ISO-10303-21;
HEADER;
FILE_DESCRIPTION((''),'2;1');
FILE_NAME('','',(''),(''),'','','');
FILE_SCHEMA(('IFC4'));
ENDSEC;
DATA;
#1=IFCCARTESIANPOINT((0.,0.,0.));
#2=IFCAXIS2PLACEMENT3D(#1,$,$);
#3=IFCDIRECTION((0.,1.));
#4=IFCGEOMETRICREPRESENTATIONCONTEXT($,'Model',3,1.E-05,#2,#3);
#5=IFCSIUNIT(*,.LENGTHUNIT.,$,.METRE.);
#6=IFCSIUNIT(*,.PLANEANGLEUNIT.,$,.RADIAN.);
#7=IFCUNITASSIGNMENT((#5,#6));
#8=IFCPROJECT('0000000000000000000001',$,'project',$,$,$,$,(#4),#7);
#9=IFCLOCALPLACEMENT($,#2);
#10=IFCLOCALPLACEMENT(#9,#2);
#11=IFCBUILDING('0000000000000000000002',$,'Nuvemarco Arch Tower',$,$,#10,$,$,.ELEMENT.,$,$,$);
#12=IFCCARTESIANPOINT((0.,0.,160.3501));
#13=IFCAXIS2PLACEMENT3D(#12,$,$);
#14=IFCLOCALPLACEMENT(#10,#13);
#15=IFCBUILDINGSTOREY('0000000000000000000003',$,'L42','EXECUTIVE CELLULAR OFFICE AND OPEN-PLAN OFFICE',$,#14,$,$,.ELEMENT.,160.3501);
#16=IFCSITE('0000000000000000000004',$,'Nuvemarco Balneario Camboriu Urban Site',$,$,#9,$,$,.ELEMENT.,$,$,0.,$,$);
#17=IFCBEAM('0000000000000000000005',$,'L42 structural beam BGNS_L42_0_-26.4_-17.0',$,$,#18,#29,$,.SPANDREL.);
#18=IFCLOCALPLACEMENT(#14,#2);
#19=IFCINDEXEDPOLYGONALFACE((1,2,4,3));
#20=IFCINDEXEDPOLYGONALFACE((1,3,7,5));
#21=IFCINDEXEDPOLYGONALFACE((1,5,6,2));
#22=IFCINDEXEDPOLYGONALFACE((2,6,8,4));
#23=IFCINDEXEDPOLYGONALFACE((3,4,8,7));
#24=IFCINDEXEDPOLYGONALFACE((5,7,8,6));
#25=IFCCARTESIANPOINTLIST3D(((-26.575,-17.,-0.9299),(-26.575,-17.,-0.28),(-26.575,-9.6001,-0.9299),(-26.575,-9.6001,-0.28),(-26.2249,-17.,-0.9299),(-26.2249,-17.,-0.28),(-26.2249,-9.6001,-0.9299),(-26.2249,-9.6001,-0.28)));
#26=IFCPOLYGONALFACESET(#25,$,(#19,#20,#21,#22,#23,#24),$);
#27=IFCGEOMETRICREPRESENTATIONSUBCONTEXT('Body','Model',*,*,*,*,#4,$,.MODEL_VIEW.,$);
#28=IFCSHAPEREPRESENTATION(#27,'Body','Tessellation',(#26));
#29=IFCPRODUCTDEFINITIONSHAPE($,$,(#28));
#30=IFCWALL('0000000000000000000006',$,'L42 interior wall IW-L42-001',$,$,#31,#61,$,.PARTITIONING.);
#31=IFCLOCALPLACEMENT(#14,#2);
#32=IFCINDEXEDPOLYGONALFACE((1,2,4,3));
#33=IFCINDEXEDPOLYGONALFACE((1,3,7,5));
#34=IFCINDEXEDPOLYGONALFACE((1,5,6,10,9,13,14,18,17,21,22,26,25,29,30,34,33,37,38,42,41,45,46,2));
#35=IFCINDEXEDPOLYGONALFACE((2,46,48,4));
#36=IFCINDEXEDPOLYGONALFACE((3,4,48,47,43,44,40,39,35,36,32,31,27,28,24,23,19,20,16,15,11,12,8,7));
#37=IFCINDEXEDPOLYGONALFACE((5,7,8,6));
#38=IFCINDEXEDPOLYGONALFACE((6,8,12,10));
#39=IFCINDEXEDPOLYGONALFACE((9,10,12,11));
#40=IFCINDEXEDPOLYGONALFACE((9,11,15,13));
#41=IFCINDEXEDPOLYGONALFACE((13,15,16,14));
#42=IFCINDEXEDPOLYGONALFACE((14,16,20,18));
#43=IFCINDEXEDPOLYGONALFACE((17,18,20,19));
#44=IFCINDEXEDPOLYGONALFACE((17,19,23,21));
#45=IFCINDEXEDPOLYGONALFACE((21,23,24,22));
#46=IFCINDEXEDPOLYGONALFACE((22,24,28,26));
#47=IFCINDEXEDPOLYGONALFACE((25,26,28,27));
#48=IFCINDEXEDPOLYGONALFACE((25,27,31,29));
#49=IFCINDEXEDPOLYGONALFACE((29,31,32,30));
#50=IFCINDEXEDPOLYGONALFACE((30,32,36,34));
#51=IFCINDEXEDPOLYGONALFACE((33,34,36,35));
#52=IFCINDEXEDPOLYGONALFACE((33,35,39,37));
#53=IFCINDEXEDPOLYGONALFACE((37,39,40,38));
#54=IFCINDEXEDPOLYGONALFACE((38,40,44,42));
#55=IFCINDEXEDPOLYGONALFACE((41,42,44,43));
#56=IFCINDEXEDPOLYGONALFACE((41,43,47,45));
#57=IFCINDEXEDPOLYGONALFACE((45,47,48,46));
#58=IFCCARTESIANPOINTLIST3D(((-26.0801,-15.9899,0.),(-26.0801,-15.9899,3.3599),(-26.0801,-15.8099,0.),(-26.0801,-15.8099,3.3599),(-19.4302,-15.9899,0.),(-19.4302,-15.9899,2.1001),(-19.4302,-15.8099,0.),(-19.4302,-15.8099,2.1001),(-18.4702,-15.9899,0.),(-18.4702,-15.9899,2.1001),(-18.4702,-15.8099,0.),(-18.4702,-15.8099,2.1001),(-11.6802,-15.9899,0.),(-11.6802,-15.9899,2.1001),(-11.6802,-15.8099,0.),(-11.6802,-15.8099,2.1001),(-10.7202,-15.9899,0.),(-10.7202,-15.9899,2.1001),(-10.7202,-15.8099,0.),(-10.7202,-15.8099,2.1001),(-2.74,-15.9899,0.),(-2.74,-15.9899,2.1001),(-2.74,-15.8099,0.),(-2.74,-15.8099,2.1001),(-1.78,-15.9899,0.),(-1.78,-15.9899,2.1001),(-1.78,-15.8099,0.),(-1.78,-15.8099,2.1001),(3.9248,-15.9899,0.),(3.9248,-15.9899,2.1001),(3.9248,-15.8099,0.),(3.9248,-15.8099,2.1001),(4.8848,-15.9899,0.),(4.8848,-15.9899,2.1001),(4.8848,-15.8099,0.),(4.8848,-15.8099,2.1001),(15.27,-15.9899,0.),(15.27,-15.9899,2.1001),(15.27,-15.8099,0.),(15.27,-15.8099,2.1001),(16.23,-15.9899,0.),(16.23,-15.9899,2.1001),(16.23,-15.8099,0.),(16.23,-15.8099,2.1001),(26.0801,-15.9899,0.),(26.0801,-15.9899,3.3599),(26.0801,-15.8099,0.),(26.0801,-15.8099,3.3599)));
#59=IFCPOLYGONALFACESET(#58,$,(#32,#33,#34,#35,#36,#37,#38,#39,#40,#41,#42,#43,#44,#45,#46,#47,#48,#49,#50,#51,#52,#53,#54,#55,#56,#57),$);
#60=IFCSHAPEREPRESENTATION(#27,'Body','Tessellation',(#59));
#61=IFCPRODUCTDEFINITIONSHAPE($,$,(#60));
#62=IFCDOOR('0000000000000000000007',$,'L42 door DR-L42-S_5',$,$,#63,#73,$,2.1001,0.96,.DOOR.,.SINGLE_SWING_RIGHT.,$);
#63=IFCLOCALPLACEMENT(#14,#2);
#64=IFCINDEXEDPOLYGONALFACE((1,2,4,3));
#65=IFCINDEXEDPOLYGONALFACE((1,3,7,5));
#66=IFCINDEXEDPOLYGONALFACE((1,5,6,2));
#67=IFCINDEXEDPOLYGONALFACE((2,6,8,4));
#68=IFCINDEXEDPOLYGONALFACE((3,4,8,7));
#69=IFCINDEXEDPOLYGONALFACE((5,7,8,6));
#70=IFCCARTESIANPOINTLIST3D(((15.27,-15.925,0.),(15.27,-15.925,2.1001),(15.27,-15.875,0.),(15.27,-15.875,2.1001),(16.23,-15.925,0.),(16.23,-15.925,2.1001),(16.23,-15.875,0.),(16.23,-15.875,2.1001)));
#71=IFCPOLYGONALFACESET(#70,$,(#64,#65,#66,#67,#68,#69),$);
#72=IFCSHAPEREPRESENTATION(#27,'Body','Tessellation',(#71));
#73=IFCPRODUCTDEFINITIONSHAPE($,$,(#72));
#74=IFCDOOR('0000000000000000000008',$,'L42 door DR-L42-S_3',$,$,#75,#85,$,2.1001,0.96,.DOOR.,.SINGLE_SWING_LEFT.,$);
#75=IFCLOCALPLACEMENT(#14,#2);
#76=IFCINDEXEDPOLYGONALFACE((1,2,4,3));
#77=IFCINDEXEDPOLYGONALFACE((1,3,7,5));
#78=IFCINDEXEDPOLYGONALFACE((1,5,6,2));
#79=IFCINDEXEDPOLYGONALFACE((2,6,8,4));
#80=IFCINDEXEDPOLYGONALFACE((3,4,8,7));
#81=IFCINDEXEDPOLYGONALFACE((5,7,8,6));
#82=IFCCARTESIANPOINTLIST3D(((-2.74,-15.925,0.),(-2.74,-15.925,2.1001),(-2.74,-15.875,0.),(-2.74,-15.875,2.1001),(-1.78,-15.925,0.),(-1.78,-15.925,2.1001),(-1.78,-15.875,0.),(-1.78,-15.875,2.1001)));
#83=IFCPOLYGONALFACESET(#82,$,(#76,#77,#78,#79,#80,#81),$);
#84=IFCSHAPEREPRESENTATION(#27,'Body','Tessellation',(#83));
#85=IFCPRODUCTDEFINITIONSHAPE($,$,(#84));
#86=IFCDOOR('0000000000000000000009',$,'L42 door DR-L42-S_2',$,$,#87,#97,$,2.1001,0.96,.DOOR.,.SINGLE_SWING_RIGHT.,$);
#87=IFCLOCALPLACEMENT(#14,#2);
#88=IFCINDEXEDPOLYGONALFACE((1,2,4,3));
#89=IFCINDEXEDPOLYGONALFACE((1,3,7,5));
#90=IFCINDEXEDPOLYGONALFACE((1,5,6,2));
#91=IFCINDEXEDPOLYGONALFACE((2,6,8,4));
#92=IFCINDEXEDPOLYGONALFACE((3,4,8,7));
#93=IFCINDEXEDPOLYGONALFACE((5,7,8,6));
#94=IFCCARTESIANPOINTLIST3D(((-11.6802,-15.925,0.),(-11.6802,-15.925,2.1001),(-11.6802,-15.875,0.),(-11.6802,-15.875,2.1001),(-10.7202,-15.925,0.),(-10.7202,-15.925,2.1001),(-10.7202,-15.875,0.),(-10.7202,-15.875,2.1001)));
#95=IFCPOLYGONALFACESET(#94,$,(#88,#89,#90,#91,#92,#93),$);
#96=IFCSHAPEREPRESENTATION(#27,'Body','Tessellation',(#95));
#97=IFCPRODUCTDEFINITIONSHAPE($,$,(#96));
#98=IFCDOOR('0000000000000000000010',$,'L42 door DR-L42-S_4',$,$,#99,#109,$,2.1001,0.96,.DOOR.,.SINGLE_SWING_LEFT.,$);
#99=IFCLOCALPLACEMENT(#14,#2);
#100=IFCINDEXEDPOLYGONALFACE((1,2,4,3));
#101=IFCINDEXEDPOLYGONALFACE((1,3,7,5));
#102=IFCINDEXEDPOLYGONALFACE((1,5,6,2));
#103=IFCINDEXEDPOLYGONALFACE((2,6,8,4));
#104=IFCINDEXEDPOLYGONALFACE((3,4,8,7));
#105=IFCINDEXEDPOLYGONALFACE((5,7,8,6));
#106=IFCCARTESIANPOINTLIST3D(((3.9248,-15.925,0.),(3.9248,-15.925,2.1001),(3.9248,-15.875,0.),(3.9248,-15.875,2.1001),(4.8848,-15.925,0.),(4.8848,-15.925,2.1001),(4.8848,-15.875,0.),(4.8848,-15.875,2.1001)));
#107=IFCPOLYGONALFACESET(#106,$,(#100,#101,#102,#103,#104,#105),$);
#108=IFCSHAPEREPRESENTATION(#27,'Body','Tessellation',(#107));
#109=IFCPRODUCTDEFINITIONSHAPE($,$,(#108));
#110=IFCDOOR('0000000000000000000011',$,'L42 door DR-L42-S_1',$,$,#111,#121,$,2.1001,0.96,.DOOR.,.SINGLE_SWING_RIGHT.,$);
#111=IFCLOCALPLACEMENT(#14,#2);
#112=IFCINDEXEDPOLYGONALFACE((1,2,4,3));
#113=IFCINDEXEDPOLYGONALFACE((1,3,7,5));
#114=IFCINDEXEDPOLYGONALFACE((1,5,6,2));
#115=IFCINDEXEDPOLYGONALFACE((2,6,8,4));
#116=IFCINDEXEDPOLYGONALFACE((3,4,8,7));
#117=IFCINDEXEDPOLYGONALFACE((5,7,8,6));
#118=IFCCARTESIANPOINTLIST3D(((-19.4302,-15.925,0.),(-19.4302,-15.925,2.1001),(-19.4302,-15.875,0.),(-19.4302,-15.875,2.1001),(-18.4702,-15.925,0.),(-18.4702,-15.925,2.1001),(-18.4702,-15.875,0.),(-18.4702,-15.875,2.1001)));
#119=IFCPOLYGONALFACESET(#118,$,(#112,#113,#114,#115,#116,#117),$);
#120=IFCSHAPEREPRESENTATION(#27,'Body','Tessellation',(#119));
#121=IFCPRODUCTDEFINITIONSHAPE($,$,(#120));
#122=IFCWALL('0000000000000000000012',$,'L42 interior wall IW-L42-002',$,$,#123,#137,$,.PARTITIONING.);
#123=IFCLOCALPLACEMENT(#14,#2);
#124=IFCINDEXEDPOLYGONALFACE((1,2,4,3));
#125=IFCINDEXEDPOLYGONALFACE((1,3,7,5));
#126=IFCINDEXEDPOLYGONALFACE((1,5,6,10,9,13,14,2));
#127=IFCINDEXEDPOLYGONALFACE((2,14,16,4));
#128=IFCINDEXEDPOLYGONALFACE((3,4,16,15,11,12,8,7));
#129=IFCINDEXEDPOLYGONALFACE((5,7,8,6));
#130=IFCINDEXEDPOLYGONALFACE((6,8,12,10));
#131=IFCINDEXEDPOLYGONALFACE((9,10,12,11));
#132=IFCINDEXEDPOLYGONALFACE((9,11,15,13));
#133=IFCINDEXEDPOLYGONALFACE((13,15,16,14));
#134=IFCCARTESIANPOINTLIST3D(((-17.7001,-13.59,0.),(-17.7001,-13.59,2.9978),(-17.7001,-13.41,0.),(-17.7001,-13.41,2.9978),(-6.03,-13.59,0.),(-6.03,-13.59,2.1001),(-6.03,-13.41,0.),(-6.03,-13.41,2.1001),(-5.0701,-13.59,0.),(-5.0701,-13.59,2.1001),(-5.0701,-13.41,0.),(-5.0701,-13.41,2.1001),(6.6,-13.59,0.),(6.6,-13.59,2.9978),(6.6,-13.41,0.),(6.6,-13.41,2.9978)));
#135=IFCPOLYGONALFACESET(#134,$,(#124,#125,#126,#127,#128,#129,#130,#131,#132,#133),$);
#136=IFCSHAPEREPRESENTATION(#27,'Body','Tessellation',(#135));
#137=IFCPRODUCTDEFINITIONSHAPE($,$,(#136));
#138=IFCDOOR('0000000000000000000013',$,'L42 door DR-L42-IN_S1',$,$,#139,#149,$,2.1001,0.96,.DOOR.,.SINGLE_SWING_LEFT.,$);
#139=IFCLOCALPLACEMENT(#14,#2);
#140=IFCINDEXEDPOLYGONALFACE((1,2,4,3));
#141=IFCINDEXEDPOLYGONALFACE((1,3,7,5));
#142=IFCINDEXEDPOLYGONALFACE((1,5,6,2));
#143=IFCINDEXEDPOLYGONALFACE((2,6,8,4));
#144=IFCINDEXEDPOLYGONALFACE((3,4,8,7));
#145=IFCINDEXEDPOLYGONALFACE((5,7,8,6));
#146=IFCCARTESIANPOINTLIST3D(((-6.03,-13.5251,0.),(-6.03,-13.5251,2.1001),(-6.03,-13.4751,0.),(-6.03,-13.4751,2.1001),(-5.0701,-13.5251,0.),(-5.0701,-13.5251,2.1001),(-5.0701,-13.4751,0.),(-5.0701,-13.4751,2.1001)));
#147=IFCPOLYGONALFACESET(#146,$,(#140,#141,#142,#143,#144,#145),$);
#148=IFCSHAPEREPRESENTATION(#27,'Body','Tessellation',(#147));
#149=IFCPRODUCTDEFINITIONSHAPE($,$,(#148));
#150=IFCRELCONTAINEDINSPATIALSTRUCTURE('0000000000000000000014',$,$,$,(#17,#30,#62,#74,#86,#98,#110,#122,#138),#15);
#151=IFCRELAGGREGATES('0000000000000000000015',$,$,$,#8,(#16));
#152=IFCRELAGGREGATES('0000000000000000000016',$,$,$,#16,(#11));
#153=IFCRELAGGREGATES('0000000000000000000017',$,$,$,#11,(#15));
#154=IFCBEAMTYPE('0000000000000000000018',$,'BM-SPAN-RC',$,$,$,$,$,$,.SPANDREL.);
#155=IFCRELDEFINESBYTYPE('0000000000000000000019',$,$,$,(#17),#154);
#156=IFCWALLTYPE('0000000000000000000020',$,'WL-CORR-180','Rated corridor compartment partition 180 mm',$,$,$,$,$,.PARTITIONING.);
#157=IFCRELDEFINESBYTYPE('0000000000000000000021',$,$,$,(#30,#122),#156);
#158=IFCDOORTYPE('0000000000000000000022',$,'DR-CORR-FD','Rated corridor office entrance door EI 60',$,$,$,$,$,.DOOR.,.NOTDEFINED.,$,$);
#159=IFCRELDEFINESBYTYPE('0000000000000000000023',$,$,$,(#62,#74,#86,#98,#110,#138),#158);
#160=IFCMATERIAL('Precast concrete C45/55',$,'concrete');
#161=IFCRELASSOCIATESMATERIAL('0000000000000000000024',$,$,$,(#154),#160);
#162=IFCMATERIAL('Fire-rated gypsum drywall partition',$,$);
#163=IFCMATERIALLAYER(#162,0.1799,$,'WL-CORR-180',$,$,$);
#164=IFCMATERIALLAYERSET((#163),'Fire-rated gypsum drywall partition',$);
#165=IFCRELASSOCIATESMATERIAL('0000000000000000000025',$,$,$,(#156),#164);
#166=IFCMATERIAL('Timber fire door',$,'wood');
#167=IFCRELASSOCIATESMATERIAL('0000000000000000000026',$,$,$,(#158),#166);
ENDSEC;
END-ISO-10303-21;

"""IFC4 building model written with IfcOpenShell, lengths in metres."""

from ifc_helpers import new_model, si_unit, direction, frame, frame_2d, origin, origin_2d, place, context, subcontext, project, spatial, rectangle, extrude, source, transform, mapped, material, layer, layer_set, material_profile, profile_set, type_object, type_shapes, element, fill, save


model = new_model("IFC4")

# Units and contexts
model_context = context("Model", 3, precision=1e-05, world=origin(), true_north=direction((0.0, 1.0)))
body_context = subcontext(model_context, "Body", "Model", "MODEL_VIEW")
ifc_project = project(units=[si_unit("LENGTHUNIT", "METRE"), si_unit("PLANEANGLEUNIT", "RADIAN")], contexts=[model_context])

# Site, building, storey
site_placement = place(None, origin())
site = spatial("IfcSite", under=ifc_project, at=site_placement, Name="Nuvemarco Balneario Camboriu Urban Site", CompositionType="ELEMENT", RefElevation=0.0)
building_placement = place(site_placement, origin())
building = spatial("IfcBuilding", under=site, at=building_placement, Name="Nuvemarco Arch Tower", CompositionType="ELEMENT")
storey_placement = place(building_placement, frame((0.0, 0.0, 160.3501)))
storey = spatial("IfcBuildingStorey", under=building, at=storey_placement, Name="L42", Description="EXECUTIVE CELLULAR OFFICE AND OPEN-PLAN OFFICE", CompositionType="ELEMENT", Elevation=160.3501)

# Beam
ifc_material_1 = material(Name="Precast concrete C45/55", Category="concrete")
ifc_material_profile_1 = material_profile(ifc_material_1, rectangle(XDim=0.3501, YDim=0.6499, at=origin_2d()), Name="PC-SP-350x650")
ifc_profile_set_1 = profile_set([ifc_material_profile_1], Name="Precast concrete C45/55")
beam_type_1 = type_object("IfcBeamType", Name="BM-SPAN-RC", PredefinedType="SPANDREL", material=ifc_profile_set_1)
beam_1_placement = place(storey_placement, frame((-26.3999, -17.0, -0.605), z_axis=(0.0, 1.0, 0.0), x_axis=(-1.0, 0.0, 0.0)))
element("IfcBeam", 1, at=beam_1_placement, inside=storey, type_object=beam_type_1, Name="L42 structural beam BGNS_L42_0_-26.4_-17.0", PredefinedType="SPANDREL", context=body_context, shape_type="SweptSolid", body=[
    extrude(rectangle(XDim=0.3501, YDim=0.6499, at=origin_2d()), origin(), (0.0, 0.0, 1.0), 7.3999),
])

# Wall, openings, doors
ifc_material_2 = material(Name="Fire-rated gypsum drywall partition")
ifc_layer = layer(ifc_material_2, 0.1799, Name="WL-CORR-180")
ifc_layer_set = layer_set([ifc_layer], Name="Fire-rated gypsum drywall partition")
wall_type = type_object("IfcWallType", Name="WL-CORR-180", Description="Rated corridor compartment partition 180 mm", PredefinedType="PARTITIONING", material=ifc_layer_set)
wall_1_placement = place(storey_placement, frame((-26.0801, -15.8999, 0.0), z_axis=(0.0, 0.0, 1.0), x_axis=(1.0, 0.0, 0.0)))
wall_1 = element("IfcWall", 2, at=wall_1_placement, inside=storey, type_object=wall_type, Name="L42 interior wall IW-L42-001", PredefinedType="PARTITIONING", context=body_context, shape_type="SweptSolid", body=[
    extrude(rectangle(XDim=52.1602, YDim=0.1799, at=frame_2d((26.0801, 0.0))), origin(), (0.0, 0.0, 1.0), 3.3599),
])
opening_1_placement = place(wall_1_placement, frame((41.3501, 0.0, 0.0)))
opening_1 = element("IfcOpeningElement", 3, at=opening_1_placement, cuts=wall_1, PredefinedType="OPENING", context=body_context, shape_type="SweptSolid", body=[
    extrude(rectangle(XDim=0.96, YDim=2.1001, at=frame_2d((0.48, 1.05))), frame((0.0, 0.0999, 0.0), z_axis=(0.0, -1.0, 0.0), x_axis=(1.0, 0.0, 0.0)), (0.0, 0.0, 1.0), 0.2),
])
opening_2_placement = place(wall_1_placement, frame((23.3401, 0.0, 0.0)))
opening_2 = element("IfcOpeningElement", 4, at=opening_2_placement, cuts=wall_1, PredefinedType="OPENING", context=body_context, shape_type="SweptSolid", body=[
    extrude(rectangle(XDim=0.96, YDim=2.1001, at=frame_2d((0.48, 1.05))), frame((0.0, 0.0999, 0.0), z_axis=(0.0, -1.0, 0.0), x_axis=(1.0, 0.0, 0.0)), (0.0, 0.0, 1.0), 0.2),
])
opening_3_placement = place(wall_1_placement, frame((14.3999, 0.0, 0.0)))
opening_3 = element("IfcOpeningElement", 5, at=opening_3_placement, cuts=wall_1, PredefinedType="OPENING", context=body_context, shape_type="SweptSolid", body=[
    extrude(rectangle(XDim=0.96, YDim=2.1001, at=frame_2d((0.48, 1.05))), frame((0.0, 0.0999, 0.0), z_axis=(0.0, -1.0, 0.0), x_axis=(1.0, 0.0, 0.0)), (0.0, 0.0, 1.0), 0.2),
])
opening_4_placement = place(wall_1_placement, frame((30.0049, 0.0, 0.0)))
opening_4 = element("IfcOpeningElement", 6, at=opening_4_placement, cuts=wall_1, PredefinedType="OPENING", context=body_context, shape_type="SweptSolid", body=[
    extrude(rectangle(XDim=0.96, YDim=2.1001, at=frame_2d((0.48, 1.05))), frame((0.0, 0.0999, 0.0), z_axis=(0.0, -1.0, 0.0), x_axis=(1.0, 0.0, 0.0)), (0.0, 0.0, 1.0), 0.2),
])
opening_5_placement = place(wall_1_placement, frame((6.6499, 0.0, 0.0)))
opening_5 = element("IfcOpeningElement", 7, at=opening_5_placement, cuts=wall_1, PredefinedType="OPENING", context=body_context, shape_type="SweptSolid", body=[
    extrude(rectangle(XDim=0.96, YDim=2.1001, at=frame_2d((0.48, 1.05))), frame((0.0, 0.0999, 0.0), z_axis=(0.0, -1.0, 0.0), x_axis=(1.0, 0.0, 0.0)), (0.0, 0.0, 1.0), 0.2),
])
ifc_material_3 = material(Name="Timber fire door", Category="wood")
door_type = type_object("IfcDoorType", Name="DR-CORR-FD", Description="Rated corridor office entrance door EI 60", OperationType="NOTDEFINED", PredefinedType="DOOR", material=ifc_material_3)
shared_shape = source(origin(), body_context, "Body", "SweptSolid", [
    extrude(rectangle(XDim=0.96, YDim=2.1001, at=frame_2d((0.48, 1.05))), frame((0.0, 0.0249, 0.0), z_axis=(0.0, -1.0, 0.0), x_axis=(1.0, 0.0, 0.0)), (0.0, 0.0, 1.0), 0.05),
])
type_shapes(door_type, [shared_shape])
door_1_placement = place(opening_1_placement, origin())
door_1 = element("IfcDoor", 8, at=door_1_placement, inside=storey, type_object=door_type, Name="L42 door DR-L42-S_5", OperationType="SINGLE_SWING_RIGHT", OverallHeight=2.1001, OverallWidth=0.96, PredefinedType="DOOR", context=body_context, shape_type="MappedRepresentation", body=[
    mapped(shared_shape, transform((0.0, 0.0, 0.0), scale=1.0)),
])
fill(opening_1, door_1)
door_2_placement = place(opening_2_placement, origin())
door_2 = element("IfcDoor", 9, at=door_2_placement, inside=storey, type_object=door_type, Name="L42 door DR-L42-S_3", OperationType="SINGLE_SWING_LEFT", OverallHeight=2.1001, OverallWidth=0.96, PredefinedType="DOOR", context=body_context, shape_type="MappedRepresentation", body=[
    mapped(shared_shape, transform((0.0, 0.0, 0.0), scale=1.0)),
])
fill(opening_2, door_2)
door_3_placement = place(opening_3_placement, origin())
door_3 = element("IfcDoor", 10, at=door_3_placement, inside=storey, type_object=door_type, Name="L42 door DR-L42-S_2", OperationType="SINGLE_SWING_RIGHT", OverallHeight=2.1001, OverallWidth=0.96, PredefinedType="DOOR", context=body_context, shape_type="MappedRepresentation", body=[
    mapped(shared_shape, transform((0.0, 0.0, 0.0), scale=1.0)),
])
fill(opening_3, door_3)
door_4_placement = place(opening_4_placement, origin())
door_4 = element("IfcDoor", 11, at=door_4_placement, inside=storey, type_object=door_type, Name="L42 door DR-L42-S_4", OperationType="SINGLE_SWING_LEFT", OverallHeight=2.1001, OverallWidth=0.96, PredefinedType="DOOR", context=body_context, shape_type="MappedRepresentation", body=[
    mapped(shared_shape, transform((0.0, 0.0, 0.0), scale=1.0)),
])
fill(opening_4, door_4)
door_5_placement = place(opening_5_placement, origin())
door_5 = element("IfcDoor", 12, at=door_5_placement, inside=storey, type_object=door_type, Name="L42 door DR-L42-S_1", OperationType="SINGLE_SWING_RIGHT", OverallHeight=2.1001, OverallWidth=0.96, PredefinedType="DOOR", context=body_context, shape_type="MappedRepresentation", body=[
    mapped(shared_shape, transform((0.0, 0.0, 0.0), scale=1.0)),
])
fill(opening_5, door_5)

# Wall, opening, door
wall_2_placement = place(storey_placement, frame((-17.7, -13.5, 0.0), z_axis=(0.0, 0.0, 1.0), x_axis=(1.0, 0.0, 0.0)))
wall_2 = element("IfcWall", 13, at=wall_2_placement, inside=storey, type_object=wall_type, Name="L42 interior wall IW-L42-002", PredefinedType="PARTITIONING", context=body_context, shape_type="SweptSolid", body=[
    extrude(rectangle(XDim=24.3, YDim=0.1799, at=frame_2d((12.1499, 0.0))), origin(), (0.0, 0.0, 1.0), 2.9978),
])
opening_6_placement = place(wall_2_placement, frame((11.6699, 0.0, 0.0)))
opening_6 = element("IfcOpeningElement", 14, at=opening_6_placement, cuts=wall_2, PredefinedType="OPENING", context=body_context, shape_type="SweptSolid", body=[
    extrude(rectangle(XDim=0.96, YDim=2.1001, at=frame_2d((0.48, 1.05))), frame((0.0, 0.0999, 0.0), z_axis=(0.0, -1.0, 0.0), x_axis=(1.0, 0.0, 0.0)), (0.0, 0.0, 1.0), 0.2),
])
door_6_placement = place(opening_6_placement, origin())
door_6 = element("IfcDoor", 15, at=door_6_placement, inside=storey, type_object=door_type, Name="L42 door DR-L42-IN_S1", OperationType="SINGLE_SWING_LEFT", OverallHeight=2.1001, OverallWidth=0.96, PredefinedType="DOOR", context=body_context, shape_type="MappedRepresentation", body=[
    mapped(shared_shape, transform((0.0, 0.0, 0.0), scale=1.0)),
])
fill(opening_6, door_6)

save(model, "model.ifc")
